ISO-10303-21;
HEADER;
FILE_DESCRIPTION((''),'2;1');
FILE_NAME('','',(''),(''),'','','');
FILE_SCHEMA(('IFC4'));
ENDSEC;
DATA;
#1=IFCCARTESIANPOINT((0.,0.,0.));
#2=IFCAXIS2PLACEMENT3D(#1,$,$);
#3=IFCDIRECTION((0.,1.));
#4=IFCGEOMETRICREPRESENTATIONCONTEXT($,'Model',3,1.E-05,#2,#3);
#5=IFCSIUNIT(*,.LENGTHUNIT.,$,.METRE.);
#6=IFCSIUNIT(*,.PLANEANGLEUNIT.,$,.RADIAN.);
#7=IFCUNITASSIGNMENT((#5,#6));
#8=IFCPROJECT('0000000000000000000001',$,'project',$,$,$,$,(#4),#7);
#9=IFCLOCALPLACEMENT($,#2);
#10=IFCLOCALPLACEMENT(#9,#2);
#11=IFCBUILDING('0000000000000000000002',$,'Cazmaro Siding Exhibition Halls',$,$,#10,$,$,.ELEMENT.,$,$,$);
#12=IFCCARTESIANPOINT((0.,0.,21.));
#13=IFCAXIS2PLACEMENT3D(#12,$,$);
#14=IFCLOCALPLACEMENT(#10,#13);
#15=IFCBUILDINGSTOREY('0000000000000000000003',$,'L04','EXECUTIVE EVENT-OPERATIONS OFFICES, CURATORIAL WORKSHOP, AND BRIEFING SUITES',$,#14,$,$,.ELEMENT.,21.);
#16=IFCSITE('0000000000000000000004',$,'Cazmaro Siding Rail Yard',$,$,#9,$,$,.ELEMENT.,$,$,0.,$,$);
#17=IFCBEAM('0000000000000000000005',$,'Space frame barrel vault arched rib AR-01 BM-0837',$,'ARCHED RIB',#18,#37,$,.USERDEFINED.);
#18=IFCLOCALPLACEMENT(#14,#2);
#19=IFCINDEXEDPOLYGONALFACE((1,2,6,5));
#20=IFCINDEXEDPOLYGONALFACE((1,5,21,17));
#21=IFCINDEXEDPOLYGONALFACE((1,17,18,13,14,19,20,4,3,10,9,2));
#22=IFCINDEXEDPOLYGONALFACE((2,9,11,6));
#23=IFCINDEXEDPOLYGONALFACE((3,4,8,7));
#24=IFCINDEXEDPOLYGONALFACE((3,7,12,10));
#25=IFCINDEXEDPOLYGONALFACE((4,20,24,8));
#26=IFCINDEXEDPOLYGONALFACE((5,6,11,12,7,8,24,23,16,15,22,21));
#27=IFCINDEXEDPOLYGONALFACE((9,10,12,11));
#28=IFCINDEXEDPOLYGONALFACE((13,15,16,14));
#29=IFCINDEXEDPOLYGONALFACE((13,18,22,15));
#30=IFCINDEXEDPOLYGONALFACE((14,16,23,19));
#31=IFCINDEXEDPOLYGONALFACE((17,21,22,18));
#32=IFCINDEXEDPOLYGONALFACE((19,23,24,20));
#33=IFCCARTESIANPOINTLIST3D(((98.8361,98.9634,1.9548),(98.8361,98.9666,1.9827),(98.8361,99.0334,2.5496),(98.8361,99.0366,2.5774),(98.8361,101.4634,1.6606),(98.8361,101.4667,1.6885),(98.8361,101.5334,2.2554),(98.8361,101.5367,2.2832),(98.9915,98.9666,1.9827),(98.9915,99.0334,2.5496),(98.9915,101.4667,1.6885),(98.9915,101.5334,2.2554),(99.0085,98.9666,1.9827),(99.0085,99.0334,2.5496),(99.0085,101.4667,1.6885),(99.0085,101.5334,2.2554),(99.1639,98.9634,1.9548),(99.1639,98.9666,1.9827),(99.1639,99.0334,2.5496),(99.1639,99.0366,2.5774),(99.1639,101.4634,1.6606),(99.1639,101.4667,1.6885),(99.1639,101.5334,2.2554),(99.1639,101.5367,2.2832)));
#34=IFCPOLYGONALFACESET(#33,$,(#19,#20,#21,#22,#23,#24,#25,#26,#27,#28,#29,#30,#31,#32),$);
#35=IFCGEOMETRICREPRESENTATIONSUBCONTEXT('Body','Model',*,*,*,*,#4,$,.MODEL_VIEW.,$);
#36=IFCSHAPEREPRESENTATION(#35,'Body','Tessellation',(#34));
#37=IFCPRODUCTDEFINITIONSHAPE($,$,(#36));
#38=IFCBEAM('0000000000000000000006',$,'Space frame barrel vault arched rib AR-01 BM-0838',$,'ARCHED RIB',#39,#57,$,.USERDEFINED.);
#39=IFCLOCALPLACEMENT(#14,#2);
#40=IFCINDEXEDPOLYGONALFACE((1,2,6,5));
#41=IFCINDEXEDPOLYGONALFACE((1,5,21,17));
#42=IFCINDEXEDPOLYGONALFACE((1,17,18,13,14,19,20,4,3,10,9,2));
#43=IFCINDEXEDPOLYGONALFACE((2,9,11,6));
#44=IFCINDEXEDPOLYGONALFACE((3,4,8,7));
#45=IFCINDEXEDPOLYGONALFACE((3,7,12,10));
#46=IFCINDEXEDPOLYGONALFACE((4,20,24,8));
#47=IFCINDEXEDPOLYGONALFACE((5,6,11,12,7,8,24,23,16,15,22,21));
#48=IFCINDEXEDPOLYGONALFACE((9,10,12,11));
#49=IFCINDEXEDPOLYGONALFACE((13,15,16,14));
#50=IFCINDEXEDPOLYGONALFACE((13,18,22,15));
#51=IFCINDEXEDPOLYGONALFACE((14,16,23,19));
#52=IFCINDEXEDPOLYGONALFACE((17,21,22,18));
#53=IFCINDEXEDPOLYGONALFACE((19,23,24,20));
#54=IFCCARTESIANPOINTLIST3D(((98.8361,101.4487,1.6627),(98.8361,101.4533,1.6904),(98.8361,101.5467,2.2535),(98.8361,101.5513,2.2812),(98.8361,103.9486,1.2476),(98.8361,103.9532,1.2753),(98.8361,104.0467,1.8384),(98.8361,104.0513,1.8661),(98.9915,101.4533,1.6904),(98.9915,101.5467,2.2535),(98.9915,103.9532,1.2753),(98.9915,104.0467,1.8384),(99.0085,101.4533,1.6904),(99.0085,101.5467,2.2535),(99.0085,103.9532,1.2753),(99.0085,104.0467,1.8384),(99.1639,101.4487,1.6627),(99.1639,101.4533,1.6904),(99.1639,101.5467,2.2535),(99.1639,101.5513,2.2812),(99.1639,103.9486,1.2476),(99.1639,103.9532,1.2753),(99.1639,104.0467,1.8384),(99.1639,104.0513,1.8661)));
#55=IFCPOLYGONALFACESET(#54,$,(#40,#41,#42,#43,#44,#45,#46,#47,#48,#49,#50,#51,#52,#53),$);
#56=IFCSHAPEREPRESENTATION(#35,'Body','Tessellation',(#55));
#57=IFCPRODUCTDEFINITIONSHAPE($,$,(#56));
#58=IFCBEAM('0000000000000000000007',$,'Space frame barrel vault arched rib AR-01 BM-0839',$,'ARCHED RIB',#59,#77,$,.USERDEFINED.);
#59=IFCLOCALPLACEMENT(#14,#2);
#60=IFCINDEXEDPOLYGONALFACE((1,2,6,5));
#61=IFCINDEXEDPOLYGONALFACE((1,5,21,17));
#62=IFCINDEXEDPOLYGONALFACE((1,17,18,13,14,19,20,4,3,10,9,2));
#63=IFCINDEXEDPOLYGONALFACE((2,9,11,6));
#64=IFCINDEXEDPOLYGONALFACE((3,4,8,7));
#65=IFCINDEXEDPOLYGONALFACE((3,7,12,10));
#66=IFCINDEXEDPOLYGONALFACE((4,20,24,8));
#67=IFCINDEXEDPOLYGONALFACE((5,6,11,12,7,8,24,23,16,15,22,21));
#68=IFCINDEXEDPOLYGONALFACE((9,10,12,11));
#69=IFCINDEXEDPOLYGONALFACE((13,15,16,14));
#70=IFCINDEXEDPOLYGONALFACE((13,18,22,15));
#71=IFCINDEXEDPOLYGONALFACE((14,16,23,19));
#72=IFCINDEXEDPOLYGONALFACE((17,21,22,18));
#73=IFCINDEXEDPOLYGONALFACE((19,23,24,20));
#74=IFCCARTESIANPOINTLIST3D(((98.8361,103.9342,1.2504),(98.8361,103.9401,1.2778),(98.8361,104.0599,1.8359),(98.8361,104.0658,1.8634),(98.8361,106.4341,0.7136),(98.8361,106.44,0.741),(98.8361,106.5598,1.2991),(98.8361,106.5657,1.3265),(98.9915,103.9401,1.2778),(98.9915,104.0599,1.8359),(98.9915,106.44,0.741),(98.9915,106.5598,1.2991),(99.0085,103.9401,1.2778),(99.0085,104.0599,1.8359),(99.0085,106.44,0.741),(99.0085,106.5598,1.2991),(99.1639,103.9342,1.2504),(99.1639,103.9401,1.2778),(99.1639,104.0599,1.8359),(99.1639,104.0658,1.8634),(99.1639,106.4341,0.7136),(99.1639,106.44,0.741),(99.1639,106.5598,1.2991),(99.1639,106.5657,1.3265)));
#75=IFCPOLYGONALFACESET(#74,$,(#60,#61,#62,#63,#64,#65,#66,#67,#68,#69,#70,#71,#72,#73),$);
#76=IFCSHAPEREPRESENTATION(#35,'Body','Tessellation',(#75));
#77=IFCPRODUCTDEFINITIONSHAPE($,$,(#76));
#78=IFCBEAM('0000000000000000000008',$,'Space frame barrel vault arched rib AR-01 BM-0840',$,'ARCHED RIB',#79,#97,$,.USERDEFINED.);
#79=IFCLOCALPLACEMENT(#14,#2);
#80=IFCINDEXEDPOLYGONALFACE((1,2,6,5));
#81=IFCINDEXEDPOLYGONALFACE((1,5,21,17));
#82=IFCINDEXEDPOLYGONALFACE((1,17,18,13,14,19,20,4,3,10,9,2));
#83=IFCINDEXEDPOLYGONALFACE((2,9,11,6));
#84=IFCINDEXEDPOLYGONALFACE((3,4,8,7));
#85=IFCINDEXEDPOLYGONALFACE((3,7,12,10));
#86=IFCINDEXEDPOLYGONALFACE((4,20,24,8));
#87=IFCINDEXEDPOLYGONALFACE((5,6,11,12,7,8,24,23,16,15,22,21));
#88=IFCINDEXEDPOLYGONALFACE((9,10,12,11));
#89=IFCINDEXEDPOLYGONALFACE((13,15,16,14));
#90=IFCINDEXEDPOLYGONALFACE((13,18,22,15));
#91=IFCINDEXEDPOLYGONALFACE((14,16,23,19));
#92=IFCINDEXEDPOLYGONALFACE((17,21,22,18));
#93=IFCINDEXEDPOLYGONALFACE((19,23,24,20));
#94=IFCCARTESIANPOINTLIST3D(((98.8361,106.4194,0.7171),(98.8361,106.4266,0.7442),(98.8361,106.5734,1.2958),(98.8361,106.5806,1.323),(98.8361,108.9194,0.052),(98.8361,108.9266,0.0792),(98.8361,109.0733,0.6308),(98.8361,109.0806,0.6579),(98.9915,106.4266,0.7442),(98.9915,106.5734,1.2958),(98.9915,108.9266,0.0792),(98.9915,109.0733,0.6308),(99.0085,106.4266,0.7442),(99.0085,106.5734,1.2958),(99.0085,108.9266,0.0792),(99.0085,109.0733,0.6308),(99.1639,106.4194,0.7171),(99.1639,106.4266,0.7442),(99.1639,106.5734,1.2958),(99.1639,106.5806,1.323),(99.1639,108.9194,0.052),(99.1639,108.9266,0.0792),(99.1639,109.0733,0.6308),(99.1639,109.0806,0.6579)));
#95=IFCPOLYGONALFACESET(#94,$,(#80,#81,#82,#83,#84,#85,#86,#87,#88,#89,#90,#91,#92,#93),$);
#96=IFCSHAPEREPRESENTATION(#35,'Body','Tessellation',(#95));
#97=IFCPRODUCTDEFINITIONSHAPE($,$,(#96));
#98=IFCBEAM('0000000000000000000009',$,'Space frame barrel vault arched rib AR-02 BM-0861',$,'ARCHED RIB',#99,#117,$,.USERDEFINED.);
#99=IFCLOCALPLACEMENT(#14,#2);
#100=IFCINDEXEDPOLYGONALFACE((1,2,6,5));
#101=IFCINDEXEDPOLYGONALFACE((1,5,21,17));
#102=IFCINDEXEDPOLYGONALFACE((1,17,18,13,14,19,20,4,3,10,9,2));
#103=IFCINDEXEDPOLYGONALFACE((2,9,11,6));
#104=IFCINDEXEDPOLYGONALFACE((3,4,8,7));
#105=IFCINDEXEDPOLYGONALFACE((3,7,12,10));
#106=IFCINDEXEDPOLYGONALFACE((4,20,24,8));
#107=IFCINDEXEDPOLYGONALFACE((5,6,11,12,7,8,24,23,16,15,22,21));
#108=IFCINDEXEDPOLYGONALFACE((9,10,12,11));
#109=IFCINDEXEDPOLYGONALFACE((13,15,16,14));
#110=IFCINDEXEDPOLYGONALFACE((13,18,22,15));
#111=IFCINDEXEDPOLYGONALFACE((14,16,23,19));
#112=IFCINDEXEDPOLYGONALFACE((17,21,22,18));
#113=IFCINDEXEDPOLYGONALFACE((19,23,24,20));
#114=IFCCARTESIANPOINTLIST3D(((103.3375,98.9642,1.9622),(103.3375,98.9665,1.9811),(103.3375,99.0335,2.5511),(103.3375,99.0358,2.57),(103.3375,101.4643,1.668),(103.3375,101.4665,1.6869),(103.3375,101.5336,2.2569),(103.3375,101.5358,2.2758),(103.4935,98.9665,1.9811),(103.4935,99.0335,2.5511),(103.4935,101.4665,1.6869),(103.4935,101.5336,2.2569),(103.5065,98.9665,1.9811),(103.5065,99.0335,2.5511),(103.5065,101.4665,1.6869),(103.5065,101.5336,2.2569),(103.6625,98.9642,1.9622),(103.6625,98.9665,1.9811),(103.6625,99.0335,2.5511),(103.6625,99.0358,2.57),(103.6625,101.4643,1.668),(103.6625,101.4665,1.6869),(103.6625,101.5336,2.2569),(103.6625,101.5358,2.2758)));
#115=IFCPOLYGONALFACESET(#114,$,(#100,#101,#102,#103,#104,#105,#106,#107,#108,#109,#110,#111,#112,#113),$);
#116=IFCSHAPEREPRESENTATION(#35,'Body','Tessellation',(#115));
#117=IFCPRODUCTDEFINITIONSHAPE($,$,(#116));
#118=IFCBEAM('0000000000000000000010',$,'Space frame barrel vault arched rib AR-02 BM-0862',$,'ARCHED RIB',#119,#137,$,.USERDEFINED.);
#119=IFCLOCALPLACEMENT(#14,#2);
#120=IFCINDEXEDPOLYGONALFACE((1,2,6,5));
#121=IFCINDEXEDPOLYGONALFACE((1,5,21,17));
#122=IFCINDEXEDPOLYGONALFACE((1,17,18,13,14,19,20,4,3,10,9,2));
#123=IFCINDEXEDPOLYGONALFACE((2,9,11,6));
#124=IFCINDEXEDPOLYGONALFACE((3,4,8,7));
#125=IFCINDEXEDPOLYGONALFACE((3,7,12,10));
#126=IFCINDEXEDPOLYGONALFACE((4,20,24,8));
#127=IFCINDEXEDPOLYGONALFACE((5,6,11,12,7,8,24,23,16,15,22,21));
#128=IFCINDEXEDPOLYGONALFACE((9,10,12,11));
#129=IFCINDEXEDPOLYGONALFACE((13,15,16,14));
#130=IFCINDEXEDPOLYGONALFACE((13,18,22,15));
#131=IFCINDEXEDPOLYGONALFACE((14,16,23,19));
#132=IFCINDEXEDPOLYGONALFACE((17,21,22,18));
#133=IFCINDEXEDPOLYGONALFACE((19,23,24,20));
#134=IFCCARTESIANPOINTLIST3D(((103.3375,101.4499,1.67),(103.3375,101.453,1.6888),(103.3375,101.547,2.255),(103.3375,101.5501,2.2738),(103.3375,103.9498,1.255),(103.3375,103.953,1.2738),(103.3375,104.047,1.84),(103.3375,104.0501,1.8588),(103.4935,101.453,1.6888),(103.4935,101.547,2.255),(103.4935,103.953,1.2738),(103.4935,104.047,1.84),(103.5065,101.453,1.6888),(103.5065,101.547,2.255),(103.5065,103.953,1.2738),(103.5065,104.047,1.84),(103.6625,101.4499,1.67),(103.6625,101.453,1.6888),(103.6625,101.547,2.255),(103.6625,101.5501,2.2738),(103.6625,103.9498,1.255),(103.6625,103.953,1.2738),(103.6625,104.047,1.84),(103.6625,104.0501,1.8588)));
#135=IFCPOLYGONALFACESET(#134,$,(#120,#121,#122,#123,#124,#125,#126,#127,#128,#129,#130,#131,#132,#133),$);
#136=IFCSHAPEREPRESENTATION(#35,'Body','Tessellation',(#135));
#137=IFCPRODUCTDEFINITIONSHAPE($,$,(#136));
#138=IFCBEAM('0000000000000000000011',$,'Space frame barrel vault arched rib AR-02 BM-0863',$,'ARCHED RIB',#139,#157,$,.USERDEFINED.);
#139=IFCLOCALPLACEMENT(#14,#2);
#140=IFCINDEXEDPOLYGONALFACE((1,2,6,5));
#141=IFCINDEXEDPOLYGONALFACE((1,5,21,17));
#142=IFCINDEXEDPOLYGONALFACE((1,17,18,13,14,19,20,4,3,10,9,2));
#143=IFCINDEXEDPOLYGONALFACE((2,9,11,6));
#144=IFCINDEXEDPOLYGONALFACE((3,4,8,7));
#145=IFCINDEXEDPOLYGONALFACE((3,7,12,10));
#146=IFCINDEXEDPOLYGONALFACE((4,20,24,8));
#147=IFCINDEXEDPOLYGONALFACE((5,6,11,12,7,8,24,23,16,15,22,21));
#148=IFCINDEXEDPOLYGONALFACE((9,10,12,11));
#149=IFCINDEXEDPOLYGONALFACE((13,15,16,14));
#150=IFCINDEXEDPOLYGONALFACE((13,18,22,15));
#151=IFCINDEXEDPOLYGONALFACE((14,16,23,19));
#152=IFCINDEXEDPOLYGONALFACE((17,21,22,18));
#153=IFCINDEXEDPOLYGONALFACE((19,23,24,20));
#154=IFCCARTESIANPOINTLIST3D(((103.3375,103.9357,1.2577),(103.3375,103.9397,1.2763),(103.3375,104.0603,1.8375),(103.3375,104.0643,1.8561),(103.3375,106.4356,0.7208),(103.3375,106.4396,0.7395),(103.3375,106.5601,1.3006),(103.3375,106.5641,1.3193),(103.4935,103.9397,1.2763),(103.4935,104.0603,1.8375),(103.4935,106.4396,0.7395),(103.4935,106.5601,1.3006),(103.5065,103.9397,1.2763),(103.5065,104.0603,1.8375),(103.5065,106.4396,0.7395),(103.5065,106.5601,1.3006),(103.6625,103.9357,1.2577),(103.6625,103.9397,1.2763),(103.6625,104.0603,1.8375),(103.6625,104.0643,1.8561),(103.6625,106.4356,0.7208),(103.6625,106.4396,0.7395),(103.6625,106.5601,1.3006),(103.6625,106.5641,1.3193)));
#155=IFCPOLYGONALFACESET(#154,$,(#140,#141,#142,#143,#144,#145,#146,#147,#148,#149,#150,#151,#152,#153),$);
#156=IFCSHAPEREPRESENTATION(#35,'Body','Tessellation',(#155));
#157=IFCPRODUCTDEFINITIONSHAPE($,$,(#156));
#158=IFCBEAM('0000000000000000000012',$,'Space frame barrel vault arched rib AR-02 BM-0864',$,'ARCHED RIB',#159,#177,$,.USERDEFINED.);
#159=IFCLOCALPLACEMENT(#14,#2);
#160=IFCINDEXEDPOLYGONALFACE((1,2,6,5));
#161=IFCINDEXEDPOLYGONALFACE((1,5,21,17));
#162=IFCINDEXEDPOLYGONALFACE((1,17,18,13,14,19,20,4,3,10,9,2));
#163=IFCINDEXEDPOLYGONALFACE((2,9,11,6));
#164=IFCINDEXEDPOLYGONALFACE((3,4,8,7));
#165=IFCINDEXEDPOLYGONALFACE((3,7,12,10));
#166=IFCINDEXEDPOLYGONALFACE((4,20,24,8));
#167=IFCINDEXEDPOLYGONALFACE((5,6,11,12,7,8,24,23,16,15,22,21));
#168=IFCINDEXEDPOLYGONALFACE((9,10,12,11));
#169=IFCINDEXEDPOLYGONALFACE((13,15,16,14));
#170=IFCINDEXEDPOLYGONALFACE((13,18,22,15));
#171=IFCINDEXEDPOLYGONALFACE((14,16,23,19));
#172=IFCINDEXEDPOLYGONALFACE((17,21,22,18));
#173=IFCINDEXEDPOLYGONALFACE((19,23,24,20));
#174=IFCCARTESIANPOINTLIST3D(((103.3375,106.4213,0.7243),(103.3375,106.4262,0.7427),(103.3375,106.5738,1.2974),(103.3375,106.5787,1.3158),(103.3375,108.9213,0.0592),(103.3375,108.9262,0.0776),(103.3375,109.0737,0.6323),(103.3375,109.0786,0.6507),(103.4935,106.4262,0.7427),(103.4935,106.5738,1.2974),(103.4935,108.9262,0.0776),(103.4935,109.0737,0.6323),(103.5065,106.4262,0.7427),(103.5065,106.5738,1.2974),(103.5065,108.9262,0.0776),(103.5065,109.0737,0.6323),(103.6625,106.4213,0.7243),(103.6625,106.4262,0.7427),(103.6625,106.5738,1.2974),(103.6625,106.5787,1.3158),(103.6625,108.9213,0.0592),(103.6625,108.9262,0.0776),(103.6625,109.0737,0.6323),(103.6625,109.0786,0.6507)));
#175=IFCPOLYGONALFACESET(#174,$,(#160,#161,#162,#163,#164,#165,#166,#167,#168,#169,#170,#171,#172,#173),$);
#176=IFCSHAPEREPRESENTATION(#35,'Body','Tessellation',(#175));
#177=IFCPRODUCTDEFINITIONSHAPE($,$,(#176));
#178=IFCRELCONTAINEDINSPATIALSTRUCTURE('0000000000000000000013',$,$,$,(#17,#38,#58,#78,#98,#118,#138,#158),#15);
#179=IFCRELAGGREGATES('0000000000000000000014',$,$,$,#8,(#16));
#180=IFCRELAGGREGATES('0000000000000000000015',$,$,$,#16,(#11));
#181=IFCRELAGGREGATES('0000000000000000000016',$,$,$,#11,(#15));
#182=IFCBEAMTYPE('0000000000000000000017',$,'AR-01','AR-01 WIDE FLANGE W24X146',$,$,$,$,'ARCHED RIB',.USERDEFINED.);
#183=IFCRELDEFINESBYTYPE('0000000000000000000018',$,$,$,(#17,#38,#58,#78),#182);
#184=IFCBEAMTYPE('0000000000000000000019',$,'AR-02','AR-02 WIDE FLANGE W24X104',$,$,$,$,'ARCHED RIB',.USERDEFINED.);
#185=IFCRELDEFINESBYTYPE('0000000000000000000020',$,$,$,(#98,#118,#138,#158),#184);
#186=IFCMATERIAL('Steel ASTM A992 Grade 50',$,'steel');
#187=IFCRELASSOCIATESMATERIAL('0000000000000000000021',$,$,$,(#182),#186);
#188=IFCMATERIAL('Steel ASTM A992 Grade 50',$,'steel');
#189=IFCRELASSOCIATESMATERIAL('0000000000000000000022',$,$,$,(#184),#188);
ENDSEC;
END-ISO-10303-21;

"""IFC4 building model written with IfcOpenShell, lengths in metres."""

from ifc_helpers import new_model, si_unit, direction, frame, origin, origin_2d, place, context, subcontext, project, spatial, i_section, extrude, material, material_profile, profile_set, type_object, element, save


model = new_model("IFC4")

# Units and contexts
model_context = context("Model", 3, precision=1e-05, world=origin(), true_north=direction((0.0, 1.0)))
body_context = subcontext(model_context, "Body", "Model", "MODEL_VIEW")
ifc_project = project(units=[si_unit("LENGTHUNIT", "METRE"), si_unit("PLANEANGLEUNIT", "RADIAN")], contexts=[model_context])

# Site, building, storey
site_placement = place(None, origin())
site = spatial("IfcSite", under=ifc_project, at=site_placement, Name="Cazmaro Siding Rail Yard", CompositionType="ELEMENT", RefElevation=0.0)
building_placement = place(site_placement, origin())
building = spatial("IfcBuilding", under=site, at=building_placement, Name="Cazmaro Siding Exhibition Halls", CompositionType="ELEMENT")
storey_placement = place(building_placement, frame((0.0, 0.0, 21.0)))
storey = spatial("IfcBuildingStorey", under=building, at=storey_placement, Name="L04", Description="EXECUTIVE EVENT-OPERATIONS OFFICES, CURATORIAL WORKSHOP, AND BRIEFING SUITES", CompositionType="ELEMENT", Elevation=21.0)

# Beams
ifc_material_1 = material(Name="Steel ASTM A992 Grade 50", Category="steel")
ifc_material_profile_1 = material_profile(ifc_material_1, i_section(OverallWidth=0.3279, OverallDepth=0.627, WebThickness=0.0171, FlangeThickness=0.0281, at=origin_2d()), Name="W24X146")
ifc_profile_set_1 = profile_set([ifc_material_profile_1], Name="Steel ASTM A992 Grade 50")
beam_type_1 = type_object("IfcBeamType", Name="AR-01", Description="AR-01 WIDE FLANGE W24X146", ElementType="ARCHED RIB", PredefinedType="USERDEFINED", material=ifc_profile_set_1)
beam_1_placement = place(storey_placement, frame((99.0, 99.0, 2.2661), z_axis=(0.0, 0.993147, -0.116869), x_axis=(-1.0, 0.0, 0.0)))
element("IfcBeam", 1, at=beam_1_placement, inside=storey, type_object=beam_type_1, Name="Space frame barrel vault arched rib AR-01 BM-0837", ObjectType="ARCHED RIB", PredefinedType="USERDEFINED", context=body_context, shape_type="SweptSolid", body=[
    extrude(i_section(OverallWidth=0.3279, OverallDepth=0.627, WebThickness=0.0171, FlangeThickness=0.0281, at=origin_2d()), origin(), (0.0, 0.0, 1.0), 2.5173),
])
beam_2_placement = place(storey_placement, frame((99.0, 101.5, 1.9719), z_axis=(0.0, 0.986498, -0.163774), x_axis=(-1.0, 0.0, 0.0)))
element("IfcBeam", 2, at=beam_2_placement, inside=storey, type_object=beam_type_1, Name="Space frame barrel vault arched rib AR-01 BM-0838", ObjectType="ARCHED RIB", PredefinedType="USERDEFINED", context=body_context, shape_type="SweptSolid", body=[
    extrude(i_section(OverallWidth=0.3279, OverallDepth=0.627, WebThickness=0.0171, FlangeThickness=0.0281, at=origin_2d()), origin(), (0.0, 0.0, 1.0), 2.5342),
])
beam_3_placement = place(storey_placement, frame((99.0, 104.0, 1.5569), z_axis=(0.0, 0.97771, -0.209959), x_axis=(-1.0, 0.0, 0.0)))
element("IfcBeam", 3, at=beam_3_placement, inside=storey, type_object=beam_type_1, Name="Space frame barrel vault arched rib AR-01 BM-0839", ObjectType="ARCHED RIB", PredefinedType="USERDEFINED", context=body_context, shape_type="SweptSolid", body=[
    extrude(i_section(OverallWidth=0.3279, OverallDepth=0.627, WebThickness=0.0171, FlangeThickness=0.0281, at=origin_2d()), origin(), (0.0, 0.0, 1.0), 2.5569),
])
beam_4_placement = place(storey_placement, frame((99.0, 106.5, 1.02), z_axis=(0.0, 0.966391, -0.257075), x_axis=(-1.0, 0.0, 0.0)))
element("IfcBeam", 4, at=beam_4_placement, inside=storey, type_object=beam_type_1, Name="Space frame barrel vault arched rib AR-01 BM-0840", ObjectType="ARCHED RIB", PredefinedType="USERDEFINED", context=body_context, shape_type="SweptSolid", body=[
    extrude(i_section(OverallWidth=0.3279, OverallDepth=0.627, WebThickness=0.0171, FlangeThickness=0.0281, at=origin_2d()), origin(), (0.0, 0.0, 1.0), 2.5869),
])
ifc_material_2 = material(Name="Steel ASTM A992 Grade 50", Category="steel")
ifc_material_profile_2 = material_profile(ifc_material_2, i_section(OverallWidth=0.325, OverallDepth=0.6121, WebThickness=0.0129, FlangeThickness=0.019, at=origin_2d()), Name="W24X104")
ifc_profile_set_2 = profile_set([ifc_material_profile_2], Name="Steel ASTM A992 Grade 50")
beam_type_2 = type_object("IfcBeamType", Name="AR-02", Description="AR-02 WIDE FLANGE W24X104", ElementType="ARCHED RIB", PredefinedType="USERDEFINED", material=ifc_profile_set_2)
beam_5_placement = place(storey_placement, frame((103.5, 99.0, 2.2661), z_axis=(0.0, 0.993147, -0.116869), x_axis=(-1.0, 0.0, 0.0)))
element("IfcBeam", 5, at=beam_5_placement, inside=storey, type_object=beam_type_2, Name="Space frame barrel vault arched rib AR-02 BM-0861", ObjectType="ARCHED RIB", PredefinedType="USERDEFINED", context=body_context, shape_type="SweptSolid", body=[
    extrude(i_section(OverallWidth=0.325, OverallDepth=0.6121, WebThickness=0.0129, FlangeThickness=0.019, at=origin_2d()), origin(), (0.0, 0.0, 1.0), 2.5173),
])
beam_6_placement = place(storey_placement, frame((103.5, 101.5, 1.9719), z_axis=(0.0, 0.986498, -0.163774), x_axis=(-1.0, 0.0, 0.0)))
element("IfcBeam", 6, at=beam_6_placement, inside=storey, type_object=beam_type_2, Name="Space frame barrel vault arched rib AR-02 BM-0862", ObjectType="ARCHED RIB", PredefinedType="USERDEFINED", context=body_context, shape_type="SweptSolid", body=[
    extrude(i_section(OverallWidth=0.325, OverallDepth=0.6121, WebThickness=0.0129, FlangeThickness=0.019, at=origin_2d()), origin(), (0.0, 0.0, 1.0), 2.5342),
])
beam_7_placement = place(storey_placement, frame((103.5, 104.0, 1.5569), z_axis=(0.0, 0.97771, -0.209959), x_axis=(-1.0, 0.0, 0.0)))
element("IfcBeam", 7, at=beam_7_placement, inside=storey, type_object=beam_type_2, Name="Space frame barrel vault arched rib AR-02 BM-0863", ObjectType="ARCHED RIB", PredefinedType="USERDEFINED", context=body_context, shape_type="SweptSolid", body=[
    extrude(i_section(OverallWidth=0.325, OverallDepth=0.6121, WebThickness=0.0129, FlangeThickness=0.019, at=origin_2d()), origin(), (0.0, 0.0, 1.0), 2.5569),
])
beam_8_placement = place(storey_placement, frame((103.5, 106.5, 1.02), z_axis=(0.0, 0.966391, -0.257075), x_axis=(-1.0, 0.0, 0.0)))
element("IfcBeam", 8, at=beam_8_placement, inside=storey, type_object=beam_type_2, Name="Space frame barrel vault arched rib AR-02 BM-0864", ObjectType="ARCHED RIB", PredefinedType="USERDEFINED", context=body_context, shape_type="SweptSolid", body=[
    extrude(i_section(OverallWidth=0.325, OverallDepth=0.6121, WebThickness=0.0129, FlangeThickness=0.019, at=origin_2d()), origin(), (0.0, 0.0, 1.0), 2.5869),
])

save(model, "model.ifc")
